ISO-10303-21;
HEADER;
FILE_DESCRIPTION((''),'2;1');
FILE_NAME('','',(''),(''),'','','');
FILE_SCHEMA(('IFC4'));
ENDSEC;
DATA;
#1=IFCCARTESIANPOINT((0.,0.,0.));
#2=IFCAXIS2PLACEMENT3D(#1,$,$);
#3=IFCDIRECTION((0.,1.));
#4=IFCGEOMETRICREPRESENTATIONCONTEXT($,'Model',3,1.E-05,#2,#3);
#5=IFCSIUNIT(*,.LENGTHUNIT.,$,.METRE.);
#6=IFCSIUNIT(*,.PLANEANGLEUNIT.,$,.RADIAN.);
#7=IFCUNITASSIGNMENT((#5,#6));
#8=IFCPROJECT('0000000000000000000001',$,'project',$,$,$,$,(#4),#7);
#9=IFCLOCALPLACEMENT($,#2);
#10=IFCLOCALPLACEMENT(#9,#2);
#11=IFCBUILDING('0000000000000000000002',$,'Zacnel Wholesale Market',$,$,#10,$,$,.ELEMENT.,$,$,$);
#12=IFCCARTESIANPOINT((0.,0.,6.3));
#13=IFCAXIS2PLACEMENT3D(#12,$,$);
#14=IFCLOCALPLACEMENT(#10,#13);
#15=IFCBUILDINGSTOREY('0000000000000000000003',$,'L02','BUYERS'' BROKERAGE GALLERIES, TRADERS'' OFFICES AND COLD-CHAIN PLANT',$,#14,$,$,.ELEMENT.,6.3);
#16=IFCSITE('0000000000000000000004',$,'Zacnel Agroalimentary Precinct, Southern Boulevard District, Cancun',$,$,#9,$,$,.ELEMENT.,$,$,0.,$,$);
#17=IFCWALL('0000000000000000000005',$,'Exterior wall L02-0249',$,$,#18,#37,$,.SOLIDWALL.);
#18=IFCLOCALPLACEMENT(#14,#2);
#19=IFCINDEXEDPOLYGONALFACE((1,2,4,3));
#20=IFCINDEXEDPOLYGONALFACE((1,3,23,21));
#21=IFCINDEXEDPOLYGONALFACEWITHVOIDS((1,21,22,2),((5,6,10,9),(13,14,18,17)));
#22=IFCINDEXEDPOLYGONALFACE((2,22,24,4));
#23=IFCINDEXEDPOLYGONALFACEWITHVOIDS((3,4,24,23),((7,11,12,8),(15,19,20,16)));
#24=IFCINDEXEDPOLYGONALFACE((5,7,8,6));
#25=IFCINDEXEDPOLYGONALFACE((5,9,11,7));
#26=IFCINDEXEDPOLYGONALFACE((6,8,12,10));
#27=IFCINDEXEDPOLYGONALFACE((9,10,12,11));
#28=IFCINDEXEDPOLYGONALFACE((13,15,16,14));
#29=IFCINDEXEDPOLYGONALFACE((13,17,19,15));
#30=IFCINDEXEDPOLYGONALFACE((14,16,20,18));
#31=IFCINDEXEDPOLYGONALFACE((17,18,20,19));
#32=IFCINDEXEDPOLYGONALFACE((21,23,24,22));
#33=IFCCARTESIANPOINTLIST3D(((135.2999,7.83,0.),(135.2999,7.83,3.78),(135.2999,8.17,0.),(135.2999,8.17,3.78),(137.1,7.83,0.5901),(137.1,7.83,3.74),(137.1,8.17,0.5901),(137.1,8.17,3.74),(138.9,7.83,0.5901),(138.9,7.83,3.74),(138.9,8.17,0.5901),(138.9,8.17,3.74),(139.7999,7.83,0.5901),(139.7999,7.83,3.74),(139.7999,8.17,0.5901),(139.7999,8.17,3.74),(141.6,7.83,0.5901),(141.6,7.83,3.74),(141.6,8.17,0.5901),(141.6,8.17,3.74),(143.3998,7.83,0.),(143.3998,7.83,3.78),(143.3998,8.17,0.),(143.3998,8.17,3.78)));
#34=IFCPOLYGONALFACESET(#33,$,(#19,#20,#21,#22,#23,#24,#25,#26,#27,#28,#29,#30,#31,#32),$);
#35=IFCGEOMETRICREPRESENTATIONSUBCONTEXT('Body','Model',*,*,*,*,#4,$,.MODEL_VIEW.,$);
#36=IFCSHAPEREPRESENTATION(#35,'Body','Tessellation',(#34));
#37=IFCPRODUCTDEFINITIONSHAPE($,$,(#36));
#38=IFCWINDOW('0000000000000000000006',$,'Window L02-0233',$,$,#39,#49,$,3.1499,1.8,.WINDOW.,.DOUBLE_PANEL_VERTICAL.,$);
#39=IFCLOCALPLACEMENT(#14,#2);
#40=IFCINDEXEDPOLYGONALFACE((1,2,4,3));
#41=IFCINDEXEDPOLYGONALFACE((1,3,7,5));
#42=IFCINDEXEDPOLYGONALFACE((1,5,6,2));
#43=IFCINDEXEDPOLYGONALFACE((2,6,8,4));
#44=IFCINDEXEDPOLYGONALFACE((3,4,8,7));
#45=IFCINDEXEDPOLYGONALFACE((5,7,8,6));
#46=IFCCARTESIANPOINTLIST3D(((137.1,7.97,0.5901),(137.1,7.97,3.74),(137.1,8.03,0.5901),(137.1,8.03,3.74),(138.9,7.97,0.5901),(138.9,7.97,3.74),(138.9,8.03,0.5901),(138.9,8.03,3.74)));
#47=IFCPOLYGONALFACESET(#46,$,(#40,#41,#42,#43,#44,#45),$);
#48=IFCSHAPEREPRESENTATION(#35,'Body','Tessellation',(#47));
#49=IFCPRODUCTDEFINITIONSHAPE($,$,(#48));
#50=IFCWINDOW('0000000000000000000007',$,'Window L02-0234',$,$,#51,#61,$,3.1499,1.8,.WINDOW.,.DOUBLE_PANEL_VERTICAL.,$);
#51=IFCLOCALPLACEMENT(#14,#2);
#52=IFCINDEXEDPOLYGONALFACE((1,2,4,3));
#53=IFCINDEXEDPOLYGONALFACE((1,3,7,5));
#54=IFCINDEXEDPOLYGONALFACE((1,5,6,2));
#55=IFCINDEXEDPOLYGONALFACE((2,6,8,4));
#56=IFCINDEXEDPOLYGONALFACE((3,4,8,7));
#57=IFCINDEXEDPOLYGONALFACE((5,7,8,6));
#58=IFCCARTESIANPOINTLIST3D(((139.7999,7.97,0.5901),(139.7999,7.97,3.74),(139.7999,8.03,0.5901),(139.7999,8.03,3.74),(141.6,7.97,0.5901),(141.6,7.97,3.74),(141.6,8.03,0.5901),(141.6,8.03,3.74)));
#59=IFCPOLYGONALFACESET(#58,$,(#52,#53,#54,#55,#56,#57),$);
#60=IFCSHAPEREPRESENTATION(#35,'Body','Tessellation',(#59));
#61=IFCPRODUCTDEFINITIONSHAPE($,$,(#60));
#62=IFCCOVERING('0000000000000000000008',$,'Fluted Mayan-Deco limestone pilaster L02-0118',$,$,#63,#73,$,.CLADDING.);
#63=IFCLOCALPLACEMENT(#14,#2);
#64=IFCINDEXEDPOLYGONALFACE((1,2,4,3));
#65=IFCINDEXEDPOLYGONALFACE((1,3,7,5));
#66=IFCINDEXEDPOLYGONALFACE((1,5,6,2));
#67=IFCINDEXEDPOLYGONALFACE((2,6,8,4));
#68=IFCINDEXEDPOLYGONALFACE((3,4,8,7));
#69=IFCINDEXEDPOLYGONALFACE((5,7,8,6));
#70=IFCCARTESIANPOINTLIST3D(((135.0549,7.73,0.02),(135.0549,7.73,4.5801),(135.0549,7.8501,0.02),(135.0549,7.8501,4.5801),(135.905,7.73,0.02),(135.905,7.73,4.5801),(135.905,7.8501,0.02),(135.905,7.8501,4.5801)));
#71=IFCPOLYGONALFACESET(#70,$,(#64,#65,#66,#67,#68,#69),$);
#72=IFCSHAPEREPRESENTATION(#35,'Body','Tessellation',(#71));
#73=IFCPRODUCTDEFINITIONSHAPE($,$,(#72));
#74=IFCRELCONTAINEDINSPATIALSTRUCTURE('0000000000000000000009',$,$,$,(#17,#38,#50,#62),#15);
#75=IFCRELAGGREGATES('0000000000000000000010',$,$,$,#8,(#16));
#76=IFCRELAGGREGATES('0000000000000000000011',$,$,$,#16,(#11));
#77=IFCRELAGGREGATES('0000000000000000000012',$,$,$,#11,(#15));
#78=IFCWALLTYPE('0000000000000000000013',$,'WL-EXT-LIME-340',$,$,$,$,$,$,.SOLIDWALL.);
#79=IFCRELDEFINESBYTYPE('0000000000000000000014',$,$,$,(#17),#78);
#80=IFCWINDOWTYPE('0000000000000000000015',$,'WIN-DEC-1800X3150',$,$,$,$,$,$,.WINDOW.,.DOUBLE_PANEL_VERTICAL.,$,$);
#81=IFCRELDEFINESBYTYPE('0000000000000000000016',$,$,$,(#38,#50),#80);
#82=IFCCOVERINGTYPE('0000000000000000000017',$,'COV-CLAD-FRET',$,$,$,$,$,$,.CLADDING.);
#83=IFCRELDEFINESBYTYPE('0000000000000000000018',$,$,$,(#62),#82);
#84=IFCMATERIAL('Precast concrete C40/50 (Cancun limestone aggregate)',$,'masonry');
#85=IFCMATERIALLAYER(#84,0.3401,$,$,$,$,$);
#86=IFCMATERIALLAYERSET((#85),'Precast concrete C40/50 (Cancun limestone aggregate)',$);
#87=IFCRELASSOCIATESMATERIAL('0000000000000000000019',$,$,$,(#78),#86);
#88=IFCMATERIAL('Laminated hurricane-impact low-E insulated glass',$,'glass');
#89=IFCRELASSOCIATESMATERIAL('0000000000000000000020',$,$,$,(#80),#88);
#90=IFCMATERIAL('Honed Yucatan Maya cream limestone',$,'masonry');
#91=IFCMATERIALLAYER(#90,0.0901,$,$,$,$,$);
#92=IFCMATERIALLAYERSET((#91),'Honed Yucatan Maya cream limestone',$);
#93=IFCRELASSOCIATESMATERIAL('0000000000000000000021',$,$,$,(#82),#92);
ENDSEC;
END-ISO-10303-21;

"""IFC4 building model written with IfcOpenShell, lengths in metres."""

from ifc_helpers import new_model, si_unit, direction, frame, frame_2d, origin, origin_2d, place, context, subcontext, project, spatial, rectangle, extrude, material, layer, layer_set, type_object, element, fill, save


model = new_model("IFC4")

# Units and contexts
model_context = context("Model", 3, precision=1e-05, world=origin(), true_north=direction((0.0, 1.0)))
body_context = subcontext(model_context, "Body", "Model", "MODEL_VIEW")
ifc_project = project(units=[si_unit("LENGTHUNIT", "METRE"), si_unit("PLANEANGLEUNIT", "RADIAN")], contexts=[model_context])

# Site, building, storey
site_placement = place(None, origin())
site = spatial("IfcSite", under=ifc_project, at=site_placement, Name="Zacnel Agroalimentary Precinct, Southern Boulevard District, Cancun", CompositionType="ELEMENT", RefElevation=0.0)
building_placement = place(site_placement, origin())
building = spatial("IfcBuilding", under=site, at=building_placement, Name="Zacnel Wholesale Market", CompositionType="ELEMENT")
storey_placement = place(building_placement, frame((0.0, 0.0, 6.3)))
storey = spatial("IfcBuildingStorey", under=building, at=storey_placement, Name="L02", Description="BUYERS' BROKERAGE GALLERIES, TRADERS' OFFICES AND COLD-CHAIN PLANT", CompositionType="ELEMENT", Elevation=6.3)

# Wall, openings, windows
ifc_material_1 = material(Name="Precast concrete C40/50 (Cancun limestone aggregate)", Category="masonry")
ifc_layer_1 = layer(ifc_material_1, 0.3401)
ifc_layer_set_1 = layer_set([ifc_layer_1], Name="Precast concrete C40/50 (Cancun limestone aggregate)")
wall_type_1 = type_object("IfcWallType", Name="WL-EXT-LIME-340", PredefinedType="SOLIDWALL", material=ifc_layer_set_1)
wall_1_placement = place(storey_placement, frame((135.3, 8.0, 0.0), z_axis=(0.0, 0.0, 1.0), x_axis=(1.0, 0.0, 0.0)))
wall_1 = element("IfcWall", 1, at=wall_1_placement, inside=storey, type_object=wall_type_1, Name="Exterior wall L02-0249", PredefinedType="SOLIDWALL", context=body_context, shape_type="SweptSolid", body=[
    extrude(rectangle(XDim=8.0999, YDim=0.3401, at=frame_2d((4.0498, 0.0))), origin(), (0.0, 0.0, 1.0), 3.78),
])
opening_1_placement = place(wall_1_placement, frame((1.8, 0.0, 0.5901)))
opening_1 = element("IfcOpeningElement", 2, at=opening_1_placement, cuts=wall_1, PredefinedType="OPENING", context=body_context, shape_type="SweptSolid", body=[
    extrude(rectangle(XDim=1.8, YDim=3.1499, at=frame_2d((0.8999, 1.575))), frame((0.0, 0.1799, 0.0), z_axis=(0.0, -1.0, 0.0), x_axis=(1.0, 0.0, 0.0)), (0.0, 0.0, 1.0), 0.3601),
])
opening_2_placement = place(wall_1_placement, frame((4.5, 0.0, 0.5901)))
opening_2 = element("IfcOpeningElement", 3, at=opening_2_placement, cuts=wall_1, PredefinedType="OPENING", context=body_context, shape_type="SweptSolid", body=[
    extrude(rectangle(XDim=1.8, YDim=3.1499, at=frame_2d((0.8999, 1.575))), frame((0.0, 0.1799, 0.0), z_axis=(0.0, -1.0, 0.0), x_axis=(1.0, 0.0, 0.0)), (0.0, 0.0, 1.0), 0.3601),
])
ifc_material_2 = material(Name="Laminated hurricane-impact low-E insulated glass", Category="glass")
window_type = type_object("IfcWindowType", Name="WIN-DEC-1800X3150", PartitioningType="DOUBLE_PANEL_VERTICAL", PredefinedType="WINDOW", material=ifc_material_2)
window_1_placement = place(opening_1_placement, origin())
window_1 = element("IfcWindow", 4, at=window_1_placement, inside=storey, type_object=window_type, Name="Window L02-0233", OverallHeight=3.1499, OverallWidth=1.8, PartitioningType="DOUBLE_PANEL_VERTICAL", PredefinedType="WINDOW", context=body_context, shape_type="SweptSolid", body=[
    extrude(rectangle(XDim=1.8, YDim=3.1499, at=frame_2d((0.8999, 1.575))), frame((0.0, 0.03, 0.0), z_axis=(0.0, -1.0, 0.0), x_axis=(1.0, 0.0, 0.0)), (0.0, 0.0, 1.0), 0.0601),
])
fill(opening_1, window_1)
window_2_placement = place(opening_2_placement, origin())
window_2 = element("IfcWindow", 5, at=window_2_placement, inside=storey, type_object=window_type, Name="Window L02-0234", OverallHeight=3.1499, OverallWidth=1.8, PartitioningType="DOUBLE_PANEL_VERTICAL", PredefinedType="WINDOW", context=body_context, shape_type="SweptSolid", body=[
    extrude(rectangle(XDim=1.8, YDim=3.1499, at=frame_2d((0.8999, 1.575))), frame((0.0, 0.03, 0.0), z_axis=(0.0, -1.0, 0.0), x_axis=(1.0, 0.0, 0.0)), (0.0, 0.0, 1.0), 0.0601),
])
fill(opening_2, window_2)

# Covering
ifc_material_3 = material(Name="Honed Yucatan Maya cream limestone", Category="masonry")
ifc_layer_2 = layer(ifc_material_3, 0.0901)
ifc_layer_set_2 = layer_set([ifc_layer_2], Name="Honed Yucatan Maya cream limestone")
covering_type = type_object("IfcCoveringType", Name="COV-CLAD-FRET", PredefinedType="CLADDING", material=ifc_layer_set_2)
covering_placement = place(storey_placement, frame((135.48, 7.79, 0.02), z_axis=(0.0, 0.0, 1.0), x_axis=(1.0, 0.0, 0.0)))
element("IfcCovering", 6, at=covering_placement, inside=storey, type_object=covering_type, Name="Fluted Mayan-Deco limestone pilaster L02-0118", PredefinedType="CLADDING", context=body_context, shape_type="SweptSolid", body=[
    extrude(rectangle(XDim=0.8501, YDim=0.1201, at=origin_2d()), origin(), (0.0, 0.0, 1.0), 4.5601),
])

save(model, "model.ifc")
